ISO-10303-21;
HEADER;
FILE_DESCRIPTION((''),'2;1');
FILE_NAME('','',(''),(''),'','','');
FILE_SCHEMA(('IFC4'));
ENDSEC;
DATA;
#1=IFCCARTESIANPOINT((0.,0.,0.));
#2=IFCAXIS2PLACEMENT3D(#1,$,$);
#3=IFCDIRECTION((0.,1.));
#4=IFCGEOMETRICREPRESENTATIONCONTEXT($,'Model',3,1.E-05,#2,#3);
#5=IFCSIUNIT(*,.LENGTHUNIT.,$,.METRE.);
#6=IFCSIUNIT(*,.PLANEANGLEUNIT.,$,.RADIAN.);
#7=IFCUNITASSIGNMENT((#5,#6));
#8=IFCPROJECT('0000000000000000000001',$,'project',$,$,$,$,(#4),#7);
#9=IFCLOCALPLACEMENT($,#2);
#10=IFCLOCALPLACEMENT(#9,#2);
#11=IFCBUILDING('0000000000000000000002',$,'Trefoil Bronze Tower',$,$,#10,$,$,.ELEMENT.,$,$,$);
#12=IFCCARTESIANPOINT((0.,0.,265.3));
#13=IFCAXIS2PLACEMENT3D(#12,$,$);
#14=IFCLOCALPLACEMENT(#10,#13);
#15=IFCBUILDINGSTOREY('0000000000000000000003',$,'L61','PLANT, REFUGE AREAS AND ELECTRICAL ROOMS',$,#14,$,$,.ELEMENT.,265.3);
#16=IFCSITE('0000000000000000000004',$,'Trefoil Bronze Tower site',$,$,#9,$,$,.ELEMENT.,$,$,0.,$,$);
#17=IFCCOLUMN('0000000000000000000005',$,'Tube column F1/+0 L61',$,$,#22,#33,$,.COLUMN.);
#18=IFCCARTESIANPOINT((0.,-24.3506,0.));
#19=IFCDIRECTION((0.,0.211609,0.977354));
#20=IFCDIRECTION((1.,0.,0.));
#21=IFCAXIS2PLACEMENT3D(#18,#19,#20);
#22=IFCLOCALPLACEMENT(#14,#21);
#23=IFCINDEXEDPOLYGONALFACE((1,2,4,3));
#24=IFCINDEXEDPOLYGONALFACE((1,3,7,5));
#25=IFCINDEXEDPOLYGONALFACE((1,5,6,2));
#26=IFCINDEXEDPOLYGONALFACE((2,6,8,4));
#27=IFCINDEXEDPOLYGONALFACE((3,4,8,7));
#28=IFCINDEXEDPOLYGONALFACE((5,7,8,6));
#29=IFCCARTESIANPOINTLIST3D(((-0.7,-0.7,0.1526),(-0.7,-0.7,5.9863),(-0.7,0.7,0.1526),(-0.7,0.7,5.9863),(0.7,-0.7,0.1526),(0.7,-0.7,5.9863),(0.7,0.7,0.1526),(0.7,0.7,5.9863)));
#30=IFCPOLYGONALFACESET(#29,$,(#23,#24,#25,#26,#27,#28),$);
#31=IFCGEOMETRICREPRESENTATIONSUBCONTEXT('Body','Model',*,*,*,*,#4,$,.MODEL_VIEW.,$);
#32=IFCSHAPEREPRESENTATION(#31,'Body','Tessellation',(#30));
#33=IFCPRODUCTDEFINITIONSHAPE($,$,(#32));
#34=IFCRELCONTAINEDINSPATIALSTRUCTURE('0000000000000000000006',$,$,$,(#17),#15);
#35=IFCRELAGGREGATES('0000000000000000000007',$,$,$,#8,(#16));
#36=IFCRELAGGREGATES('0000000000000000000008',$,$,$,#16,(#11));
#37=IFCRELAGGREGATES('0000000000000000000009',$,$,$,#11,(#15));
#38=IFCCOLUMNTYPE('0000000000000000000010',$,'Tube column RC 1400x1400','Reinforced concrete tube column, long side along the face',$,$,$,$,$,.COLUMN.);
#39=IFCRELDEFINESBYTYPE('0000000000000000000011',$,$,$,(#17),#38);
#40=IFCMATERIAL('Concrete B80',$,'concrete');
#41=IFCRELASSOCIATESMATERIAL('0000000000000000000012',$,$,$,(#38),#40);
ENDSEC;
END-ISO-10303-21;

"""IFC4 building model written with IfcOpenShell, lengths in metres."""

from ifc_helpers import new_model, si_unit, direction, frame, origin, origin_2d, place, context, subcontext, project, spatial, rectangle, extrude, clip, halfspace, material, material_profile, profile_set, type_object, element, save


model = new_model("IFC4")

# Units and contexts
model_context = context("Model", 3, precision=1e-05, world=origin(), true_north=direction((0.0, 1.0)))
body_context = subcontext(model_context, "Body", "Model", "MODEL_VIEW")
ifc_project = project(units=[si_unit("LENGTHUNIT", "METRE"), si_unit("PLANEANGLEUNIT", "RADIAN")], contexts=[model_context])

# Site, building, storey
site_placement = place(None, origin())
site = spatial("IfcSite", under=ifc_project, at=site_placement, Name="Trefoil Bronze Tower site", CompositionType="ELEMENT", RefElevation=0.0)
building_placement = place(site_placement, origin())
building = spatial("IfcBuilding", under=site, at=building_placement, Name="Trefoil Bronze Tower", CompositionType="ELEMENT")
storey_placement = place(building_placement, frame((0.0, 0.0, 265.3)))
storey = spatial("IfcBuildingStorey", under=building, at=storey_placement, Name="L61", Description="PLANT, REFUGE AREAS AND ELECTRICAL ROOMS", CompositionType="ELEMENT", Elevation=265.3)

# Column
ifc_material_1 = material(Name="Concrete B80", Category="concrete")
ifc_material_profile_1 = material_profile(ifc_material_1, rectangle(XDim=1.3999, YDim=1.3999, at=origin_2d()), Name="RC 1400x1400")
ifc_profile_set_1 = profile_set([ifc_material_profile_1], Name="Concrete B80")
column_type = type_object("IfcColumnType", Name="Tube column RC 1400x1400", Description="Reinforced concrete tube column, long side along the face", PredefinedType="COLUMN", material=ifc_profile_set_1)
column_1_placement = place(storey_placement, frame((0.0, -24.3506, 0.0), z_axis=(0.0, 0.211609, 0.977354), x_axis=(1.0, 0.0, 0.0)))
element("IfcColumn", 1, at=column_1_placement, inside=storey, type_object=column_type, Name="Tube column F1/+0 L61", PredefinedType="COLUMN", context=body_context, shape_type="Clipping", body=[
    clip(clip(extrude(rectangle(XDim=1.3999, YDim=1.3999, at=origin_2d()), origin(), (0.0, 0.0, 1.0), 6.1389), halfspace(frame((0.0, 0.0, 0.1526), z_axis=(0.0, -0.000005, 1.0), x_axis=(0.0, 1.0, 0.000005)), True)), halfspace(frame((0.0, 0.0, 5.9863), z_axis=(0.0, 0.000005, -1.0), x_axis=(0.0, -1.0, -0.000005)), True)),
])

save(model, "model.ifc")
